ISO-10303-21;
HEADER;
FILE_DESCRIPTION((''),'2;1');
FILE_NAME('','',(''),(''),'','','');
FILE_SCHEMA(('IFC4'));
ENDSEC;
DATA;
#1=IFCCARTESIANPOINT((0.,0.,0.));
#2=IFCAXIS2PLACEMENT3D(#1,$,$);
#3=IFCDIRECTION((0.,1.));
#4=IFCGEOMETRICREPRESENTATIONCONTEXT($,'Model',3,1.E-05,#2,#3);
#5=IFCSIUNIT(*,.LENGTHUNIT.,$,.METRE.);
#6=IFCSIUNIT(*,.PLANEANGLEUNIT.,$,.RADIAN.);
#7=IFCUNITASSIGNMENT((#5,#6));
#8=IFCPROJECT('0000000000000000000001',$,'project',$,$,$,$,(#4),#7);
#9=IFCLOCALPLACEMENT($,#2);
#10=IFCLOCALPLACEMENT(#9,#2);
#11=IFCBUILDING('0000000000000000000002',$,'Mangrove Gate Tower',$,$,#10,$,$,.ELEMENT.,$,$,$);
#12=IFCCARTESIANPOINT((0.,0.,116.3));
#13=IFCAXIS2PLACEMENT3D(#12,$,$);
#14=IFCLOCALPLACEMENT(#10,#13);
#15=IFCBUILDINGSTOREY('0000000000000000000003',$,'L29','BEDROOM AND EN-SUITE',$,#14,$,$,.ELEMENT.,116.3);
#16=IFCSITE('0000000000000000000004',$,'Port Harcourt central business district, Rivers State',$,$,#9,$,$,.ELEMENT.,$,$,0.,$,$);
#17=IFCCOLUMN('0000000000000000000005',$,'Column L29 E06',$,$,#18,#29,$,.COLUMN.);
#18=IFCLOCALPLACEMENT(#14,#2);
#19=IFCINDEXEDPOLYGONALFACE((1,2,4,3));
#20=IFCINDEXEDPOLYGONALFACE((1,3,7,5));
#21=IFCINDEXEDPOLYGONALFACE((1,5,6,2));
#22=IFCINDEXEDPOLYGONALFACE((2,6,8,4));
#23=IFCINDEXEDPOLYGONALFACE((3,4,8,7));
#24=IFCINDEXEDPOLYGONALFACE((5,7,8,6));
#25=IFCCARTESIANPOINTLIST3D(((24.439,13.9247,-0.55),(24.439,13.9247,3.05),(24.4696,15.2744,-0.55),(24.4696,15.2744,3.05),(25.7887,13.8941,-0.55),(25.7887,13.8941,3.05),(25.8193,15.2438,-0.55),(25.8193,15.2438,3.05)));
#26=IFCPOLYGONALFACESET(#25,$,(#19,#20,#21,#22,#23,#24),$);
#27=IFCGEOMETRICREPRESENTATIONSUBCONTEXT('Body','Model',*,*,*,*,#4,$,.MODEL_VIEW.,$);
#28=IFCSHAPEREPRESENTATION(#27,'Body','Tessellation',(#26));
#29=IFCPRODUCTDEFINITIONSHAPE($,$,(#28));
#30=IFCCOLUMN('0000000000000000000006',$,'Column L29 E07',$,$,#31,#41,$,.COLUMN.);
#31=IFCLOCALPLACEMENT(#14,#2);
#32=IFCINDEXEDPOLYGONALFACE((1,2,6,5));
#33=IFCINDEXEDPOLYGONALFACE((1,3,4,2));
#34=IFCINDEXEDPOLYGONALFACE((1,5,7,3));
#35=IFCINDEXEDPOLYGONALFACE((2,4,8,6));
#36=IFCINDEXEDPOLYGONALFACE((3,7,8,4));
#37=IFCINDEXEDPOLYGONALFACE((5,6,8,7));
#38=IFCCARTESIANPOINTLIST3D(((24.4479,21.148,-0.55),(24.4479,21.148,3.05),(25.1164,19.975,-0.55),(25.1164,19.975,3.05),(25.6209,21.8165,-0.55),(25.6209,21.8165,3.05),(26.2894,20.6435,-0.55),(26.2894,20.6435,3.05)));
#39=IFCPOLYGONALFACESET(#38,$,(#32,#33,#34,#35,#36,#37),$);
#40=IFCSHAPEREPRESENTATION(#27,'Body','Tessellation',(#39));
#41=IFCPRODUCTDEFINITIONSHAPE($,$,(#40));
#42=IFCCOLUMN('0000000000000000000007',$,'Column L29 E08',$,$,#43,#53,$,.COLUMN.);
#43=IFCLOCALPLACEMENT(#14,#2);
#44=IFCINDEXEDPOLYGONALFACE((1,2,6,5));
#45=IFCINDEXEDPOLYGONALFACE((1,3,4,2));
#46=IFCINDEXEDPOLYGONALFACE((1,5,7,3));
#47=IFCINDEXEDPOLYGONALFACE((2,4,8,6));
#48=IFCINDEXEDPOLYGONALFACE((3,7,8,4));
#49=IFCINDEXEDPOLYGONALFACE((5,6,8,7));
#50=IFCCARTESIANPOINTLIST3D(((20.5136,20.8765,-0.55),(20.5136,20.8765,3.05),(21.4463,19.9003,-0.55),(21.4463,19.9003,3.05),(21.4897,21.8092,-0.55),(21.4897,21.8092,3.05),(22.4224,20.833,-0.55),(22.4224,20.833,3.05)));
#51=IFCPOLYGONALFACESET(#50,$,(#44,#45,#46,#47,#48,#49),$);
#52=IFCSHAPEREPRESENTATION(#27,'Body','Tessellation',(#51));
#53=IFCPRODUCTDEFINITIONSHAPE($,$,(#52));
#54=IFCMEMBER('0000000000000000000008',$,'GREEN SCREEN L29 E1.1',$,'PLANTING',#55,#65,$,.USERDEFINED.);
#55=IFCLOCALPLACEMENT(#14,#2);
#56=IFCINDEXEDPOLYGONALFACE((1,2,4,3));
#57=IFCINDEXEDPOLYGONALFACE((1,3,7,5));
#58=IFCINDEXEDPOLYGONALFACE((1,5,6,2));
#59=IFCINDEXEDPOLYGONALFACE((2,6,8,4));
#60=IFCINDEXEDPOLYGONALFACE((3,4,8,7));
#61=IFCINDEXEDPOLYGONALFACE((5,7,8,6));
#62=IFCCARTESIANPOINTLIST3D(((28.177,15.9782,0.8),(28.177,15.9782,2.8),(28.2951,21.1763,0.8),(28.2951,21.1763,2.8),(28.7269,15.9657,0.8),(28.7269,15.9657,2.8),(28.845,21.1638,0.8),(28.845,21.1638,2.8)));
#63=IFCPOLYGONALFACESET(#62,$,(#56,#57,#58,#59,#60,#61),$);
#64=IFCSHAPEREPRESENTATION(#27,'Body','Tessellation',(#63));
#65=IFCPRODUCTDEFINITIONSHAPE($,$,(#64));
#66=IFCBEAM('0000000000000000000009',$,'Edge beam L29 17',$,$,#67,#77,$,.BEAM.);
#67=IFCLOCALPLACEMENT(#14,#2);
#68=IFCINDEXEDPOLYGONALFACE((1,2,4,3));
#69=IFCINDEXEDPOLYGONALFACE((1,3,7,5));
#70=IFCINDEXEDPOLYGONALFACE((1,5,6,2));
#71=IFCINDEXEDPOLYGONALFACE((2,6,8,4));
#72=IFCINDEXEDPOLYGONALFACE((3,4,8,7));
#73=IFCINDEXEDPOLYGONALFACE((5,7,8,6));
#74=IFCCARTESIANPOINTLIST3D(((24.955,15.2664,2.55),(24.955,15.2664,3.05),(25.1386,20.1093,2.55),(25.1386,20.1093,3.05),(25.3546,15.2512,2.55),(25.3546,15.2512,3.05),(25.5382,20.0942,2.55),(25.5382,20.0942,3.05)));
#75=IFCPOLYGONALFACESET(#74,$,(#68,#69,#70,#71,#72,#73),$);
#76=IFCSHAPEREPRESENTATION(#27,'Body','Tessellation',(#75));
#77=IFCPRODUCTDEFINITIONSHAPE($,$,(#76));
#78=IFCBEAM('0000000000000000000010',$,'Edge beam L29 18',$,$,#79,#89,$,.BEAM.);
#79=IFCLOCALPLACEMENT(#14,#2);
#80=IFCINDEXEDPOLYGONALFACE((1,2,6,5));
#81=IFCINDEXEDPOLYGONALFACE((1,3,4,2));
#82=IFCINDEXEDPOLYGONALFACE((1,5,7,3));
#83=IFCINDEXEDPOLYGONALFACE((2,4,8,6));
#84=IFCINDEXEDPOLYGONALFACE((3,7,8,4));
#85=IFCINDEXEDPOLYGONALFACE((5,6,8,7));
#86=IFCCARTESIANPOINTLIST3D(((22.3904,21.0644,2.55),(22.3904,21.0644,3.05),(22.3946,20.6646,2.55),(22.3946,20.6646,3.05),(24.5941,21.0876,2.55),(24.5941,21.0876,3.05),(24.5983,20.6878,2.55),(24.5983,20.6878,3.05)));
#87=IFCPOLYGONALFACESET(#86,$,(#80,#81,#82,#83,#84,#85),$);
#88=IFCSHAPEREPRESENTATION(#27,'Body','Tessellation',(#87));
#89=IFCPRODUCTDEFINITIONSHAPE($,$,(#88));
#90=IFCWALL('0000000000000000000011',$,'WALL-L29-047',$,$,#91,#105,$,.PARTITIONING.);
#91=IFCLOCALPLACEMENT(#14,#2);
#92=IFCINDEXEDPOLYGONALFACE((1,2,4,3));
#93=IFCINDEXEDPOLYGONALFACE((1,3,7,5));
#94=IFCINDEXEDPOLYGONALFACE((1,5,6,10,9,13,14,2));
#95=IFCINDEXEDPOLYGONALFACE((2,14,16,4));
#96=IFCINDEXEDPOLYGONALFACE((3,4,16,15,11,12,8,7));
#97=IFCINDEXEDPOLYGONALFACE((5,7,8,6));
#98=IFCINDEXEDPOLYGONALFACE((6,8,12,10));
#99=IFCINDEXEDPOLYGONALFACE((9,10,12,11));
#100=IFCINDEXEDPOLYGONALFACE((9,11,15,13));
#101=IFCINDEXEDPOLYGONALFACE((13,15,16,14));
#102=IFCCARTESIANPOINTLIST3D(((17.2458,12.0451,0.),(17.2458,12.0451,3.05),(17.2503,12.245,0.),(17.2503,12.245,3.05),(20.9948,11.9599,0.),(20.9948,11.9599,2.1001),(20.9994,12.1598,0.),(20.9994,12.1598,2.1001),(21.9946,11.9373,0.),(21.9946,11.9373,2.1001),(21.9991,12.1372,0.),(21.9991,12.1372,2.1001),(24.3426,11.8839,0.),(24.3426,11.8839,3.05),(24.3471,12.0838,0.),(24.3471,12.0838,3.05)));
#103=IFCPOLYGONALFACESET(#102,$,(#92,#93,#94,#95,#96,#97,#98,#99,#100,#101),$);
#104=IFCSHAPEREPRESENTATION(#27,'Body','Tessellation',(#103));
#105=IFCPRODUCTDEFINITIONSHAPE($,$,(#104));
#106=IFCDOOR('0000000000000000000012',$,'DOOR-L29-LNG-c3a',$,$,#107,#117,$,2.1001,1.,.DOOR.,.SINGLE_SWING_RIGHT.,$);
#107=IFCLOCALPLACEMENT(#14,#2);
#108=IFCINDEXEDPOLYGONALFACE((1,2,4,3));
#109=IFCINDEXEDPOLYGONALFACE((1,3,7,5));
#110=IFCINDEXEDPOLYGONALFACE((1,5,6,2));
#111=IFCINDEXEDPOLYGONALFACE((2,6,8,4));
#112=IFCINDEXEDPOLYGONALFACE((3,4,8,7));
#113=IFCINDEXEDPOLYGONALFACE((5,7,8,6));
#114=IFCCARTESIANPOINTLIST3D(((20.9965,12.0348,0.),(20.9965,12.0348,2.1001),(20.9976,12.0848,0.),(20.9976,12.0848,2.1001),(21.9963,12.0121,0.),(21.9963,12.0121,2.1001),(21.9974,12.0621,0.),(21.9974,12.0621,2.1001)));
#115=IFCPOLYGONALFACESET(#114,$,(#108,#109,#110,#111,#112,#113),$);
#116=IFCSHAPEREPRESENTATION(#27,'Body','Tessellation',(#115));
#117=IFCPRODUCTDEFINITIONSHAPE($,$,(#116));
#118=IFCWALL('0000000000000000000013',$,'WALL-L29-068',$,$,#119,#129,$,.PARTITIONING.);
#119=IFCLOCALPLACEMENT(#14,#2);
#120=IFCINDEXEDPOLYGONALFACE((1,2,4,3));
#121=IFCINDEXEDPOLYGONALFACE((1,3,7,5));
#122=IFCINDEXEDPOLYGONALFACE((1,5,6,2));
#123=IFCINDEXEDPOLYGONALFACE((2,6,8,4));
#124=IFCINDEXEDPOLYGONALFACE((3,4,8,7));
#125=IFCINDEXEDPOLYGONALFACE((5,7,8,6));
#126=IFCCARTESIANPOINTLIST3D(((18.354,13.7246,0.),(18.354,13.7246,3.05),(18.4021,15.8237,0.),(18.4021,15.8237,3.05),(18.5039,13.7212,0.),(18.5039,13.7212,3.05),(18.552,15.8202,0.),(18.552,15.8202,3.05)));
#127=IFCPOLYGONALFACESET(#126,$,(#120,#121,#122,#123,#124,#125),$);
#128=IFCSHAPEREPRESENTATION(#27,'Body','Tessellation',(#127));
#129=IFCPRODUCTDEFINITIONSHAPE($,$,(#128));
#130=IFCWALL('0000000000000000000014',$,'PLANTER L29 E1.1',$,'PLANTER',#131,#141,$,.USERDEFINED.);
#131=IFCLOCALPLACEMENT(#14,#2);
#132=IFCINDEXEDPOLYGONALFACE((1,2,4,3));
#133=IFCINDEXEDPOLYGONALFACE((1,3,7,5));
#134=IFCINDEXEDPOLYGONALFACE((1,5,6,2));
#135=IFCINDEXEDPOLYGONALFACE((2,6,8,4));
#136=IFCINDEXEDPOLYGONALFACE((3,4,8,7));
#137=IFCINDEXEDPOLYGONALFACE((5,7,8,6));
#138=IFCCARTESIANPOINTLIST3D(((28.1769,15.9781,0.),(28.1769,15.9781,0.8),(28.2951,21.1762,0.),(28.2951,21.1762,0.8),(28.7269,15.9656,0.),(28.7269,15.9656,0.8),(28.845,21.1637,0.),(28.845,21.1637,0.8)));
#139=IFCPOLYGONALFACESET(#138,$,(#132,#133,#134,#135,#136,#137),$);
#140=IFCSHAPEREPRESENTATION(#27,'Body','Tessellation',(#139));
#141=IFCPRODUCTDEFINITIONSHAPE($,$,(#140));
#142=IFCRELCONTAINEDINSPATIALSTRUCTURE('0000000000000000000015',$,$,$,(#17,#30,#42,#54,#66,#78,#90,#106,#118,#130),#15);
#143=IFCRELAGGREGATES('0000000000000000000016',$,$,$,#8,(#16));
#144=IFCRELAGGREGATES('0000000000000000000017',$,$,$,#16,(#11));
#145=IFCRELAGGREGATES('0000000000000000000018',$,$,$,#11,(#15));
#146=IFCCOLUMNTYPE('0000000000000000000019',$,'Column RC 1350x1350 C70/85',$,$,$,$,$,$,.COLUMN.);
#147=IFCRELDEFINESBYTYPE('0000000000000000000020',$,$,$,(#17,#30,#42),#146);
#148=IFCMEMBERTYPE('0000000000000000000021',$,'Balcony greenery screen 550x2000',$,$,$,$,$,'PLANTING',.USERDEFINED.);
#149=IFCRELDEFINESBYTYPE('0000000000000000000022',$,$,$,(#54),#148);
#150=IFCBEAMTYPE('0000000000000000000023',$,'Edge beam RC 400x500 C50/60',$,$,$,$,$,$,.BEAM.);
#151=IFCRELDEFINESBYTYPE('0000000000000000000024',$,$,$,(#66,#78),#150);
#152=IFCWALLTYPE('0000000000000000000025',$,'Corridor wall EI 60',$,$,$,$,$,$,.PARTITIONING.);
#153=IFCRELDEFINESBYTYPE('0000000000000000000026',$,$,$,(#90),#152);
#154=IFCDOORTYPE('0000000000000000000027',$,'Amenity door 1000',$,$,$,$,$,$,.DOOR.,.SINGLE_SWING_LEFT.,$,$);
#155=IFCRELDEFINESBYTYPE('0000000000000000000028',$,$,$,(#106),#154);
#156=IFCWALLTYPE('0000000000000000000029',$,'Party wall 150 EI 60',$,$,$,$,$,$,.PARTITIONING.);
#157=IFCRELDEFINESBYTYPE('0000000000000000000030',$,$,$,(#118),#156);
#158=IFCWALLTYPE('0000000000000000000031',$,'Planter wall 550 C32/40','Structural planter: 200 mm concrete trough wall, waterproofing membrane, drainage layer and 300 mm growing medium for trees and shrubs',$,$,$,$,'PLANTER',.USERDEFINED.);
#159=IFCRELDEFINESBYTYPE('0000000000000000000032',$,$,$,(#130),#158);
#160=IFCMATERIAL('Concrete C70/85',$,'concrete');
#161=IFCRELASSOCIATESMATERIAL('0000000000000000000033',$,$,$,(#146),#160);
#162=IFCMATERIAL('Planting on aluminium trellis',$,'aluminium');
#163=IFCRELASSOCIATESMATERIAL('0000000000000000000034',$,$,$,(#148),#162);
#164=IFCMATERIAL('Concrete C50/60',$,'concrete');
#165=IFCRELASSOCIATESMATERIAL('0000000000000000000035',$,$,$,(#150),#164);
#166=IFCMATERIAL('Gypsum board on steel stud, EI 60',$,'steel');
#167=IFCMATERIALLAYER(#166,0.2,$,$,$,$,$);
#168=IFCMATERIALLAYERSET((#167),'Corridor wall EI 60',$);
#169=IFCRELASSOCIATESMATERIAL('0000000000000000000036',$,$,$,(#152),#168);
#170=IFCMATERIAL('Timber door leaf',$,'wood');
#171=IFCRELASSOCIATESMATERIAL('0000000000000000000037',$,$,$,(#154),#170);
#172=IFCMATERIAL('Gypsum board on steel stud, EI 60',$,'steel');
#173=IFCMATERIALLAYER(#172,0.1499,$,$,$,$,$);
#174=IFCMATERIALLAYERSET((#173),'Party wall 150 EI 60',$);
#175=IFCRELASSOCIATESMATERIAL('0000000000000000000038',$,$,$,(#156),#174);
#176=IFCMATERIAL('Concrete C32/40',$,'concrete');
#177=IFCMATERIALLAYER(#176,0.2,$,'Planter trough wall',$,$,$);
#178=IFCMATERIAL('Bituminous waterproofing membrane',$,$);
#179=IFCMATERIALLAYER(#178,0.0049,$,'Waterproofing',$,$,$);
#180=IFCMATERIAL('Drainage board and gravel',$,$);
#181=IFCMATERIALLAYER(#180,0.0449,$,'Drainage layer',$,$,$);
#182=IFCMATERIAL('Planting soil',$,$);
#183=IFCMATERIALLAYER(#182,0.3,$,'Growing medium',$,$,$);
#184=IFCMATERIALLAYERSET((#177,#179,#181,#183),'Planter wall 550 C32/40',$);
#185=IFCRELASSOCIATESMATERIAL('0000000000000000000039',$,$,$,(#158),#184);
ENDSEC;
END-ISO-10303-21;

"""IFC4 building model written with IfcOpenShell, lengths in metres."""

from ifc_helpers import new_model, si_unit, direction, frame, frame_2d, origin, origin_2d, place, context, subcontext, project, spatial, rectangle, extrude, material, layer, layer_set, material_profile, profile_set, type_object, element, fill, save


model = new_model("IFC4")

# Units and contexts
model_context = context("Model", 3, precision=1e-05, world=origin(), true_north=direction((0.0, 1.0)))
body_context = subcontext(model_context, "Body", "Model", "MODEL_VIEW")
ifc_project = project(units=[si_unit("LENGTHUNIT", "METRE"), si_unit("PLANEANGLEUNIT", "RADIAN")], contexts=[model_context])

# Site, building, storey
site_placement = place(None, origin())
site = spatial("IfcSite", under=ifc_project, at=site_placement, Name="Port Harcourt central business district, Rivers State", CompositionType="ELEMENT", RefElevation=0.0)
building_placement = place(site_placement, origin())
building = spatial("IfcBuilding", under=site, at=building_placement, Name="Mangrove Gate Tower", CompositionType="ELEMENT")
storey_placement = place(building_placement, frame((0.0, 0.0, 116.3)))
storey = spatial("IfcBuildingStorey", under=building, at=storey_placement, Name="L29", Description="BEDROOM AND EN-SUITE", CompositionType="ELEMENT", Elevation=116.3)

# Columns
ifc_material_1 = material(Name="Concrete C70/85", Category="concrete")
ifc_material_profile_1 = material_profile(ifc_material_1, rectangle(XDim=1.3501, YDim=1.3501, at=origin_2d()))
ifc_profile_set_1 = profile_set([ifc_material_profile_1], Name="Concrete C70/85")
column_type = type_object("IfcColumnType", Name="Column RC 1350x1350 C70/85", PredefinedType="COLUMN", material=ifc_profile_set_1)
for number, where, z_axis, x_axis, name in (
    (1, (25.1292, 14.5842, -0.55), (0.0, 0.0, 1.0), (0.022665, 0.999743, 0.0), "Column L29 E06"),
    (2, (25.3687, 20.8958, -0.55), (0.0, 0.0, 1.0), (-0.495141, 0.868813, 0.0), "Column L29 E07"),
    (3, (21.468, 20.8547, -0.55), (0.0, 0.0, 1.0), (-0.690837, 0.72301, 0.0), "Column L29 E08"),
):
    element("IfcColumn", number, at=place(storey_placement, frame(where, z_axis=z_axis, x_axis=x_axis)), inside=storey, type_object=column_type, Name=name, PredefinedType="COLUMN", context=body_context, shape_type="SweptSolid", body=[
        extrude(rectangle(XDim=1.3501, YDim=1.3501, at=origin_2d()), origin(), (0.0, 0.0, 1.0), 3.6001),
    ])

# Member
ifc_material_2 = material(Name="Planting on aluminium trellis", Category="aluminium")
ifc_material_profile_2 = material_profile(ifc_material_2, rectangle(XDim=0.55, YDim=2.0, at=origin_2d()))
ifc_profile_set_2 = profile_set([ifc_material_profile_2], Name="Planting on aluminium trellis")
member_type = type_object("IfcMemberType", Name="Balcony greenery screen 550x2000", ElementType="PLANTING", PredefinedType="USERDEFINED", material=ifc_profile_set_2)
member_placement = place(storey_placement, frame((28.4519, 15.9719, 1.8), z_axis=(0.022727, 0.999742, 0.0), x_axis=(-0.999742, 0.022727, 0.0)))
element("IfcMember", 4, at=member_placement, inside=storey, type_object=member_type, Name="GREEN SCREEN L29 E1.1", ObjectType="PLANTING", PredefinedType="USERDEFINED", context=body_context, shape_type="SweptSolid", body=[
    extrude(rectangle(XDim=0.55, YDim=2.0, at=origin_2d()), origin(), (0.0, 0.0, 1.0), 5.1995),
])

# Beams
ifc_material_3 = material(Name="Concrete C50/60", Category="concrete")
ifc_material_profile_3 = material_profile(ifc_material_3, rectangle(XDim=0.3999, YDim=0.5, at=origin_2d()))
ifc_profile_set_3 = profile_set([ifc_material_profile_3], Name="Concrete C50/60")
beam_type = type_object("IfcBeamType", Name="Edge beam RC 400x500 C50/60", PredefinedType="BEAM", material=ifc_profile_set_3)
beam_1_placement = place(storey_placement, frame((25.1548, 15.2588, 2.8), z_axis=(0.037882, 0.999282, 0.0), x_axis=(-0.999282, 0.037882, 0.0)))
element("IfcBeam", 5, at=beam_1_placement, inside=storey, type_object=beam_type, Name="Edge beam L29 17", PredefinedType="BEAM", context=body_context, shape_type="SweptSolid", body=[
    extrude(rectangle(XDim=0.3999, YDim=0.5, at=origin_2d()), origin(), (0.0, 0.0, 1.0), 4.8464),
])
beam_2_placement = place(storey_placement, frame((24.5962, 20.8877, 2.8), z_axis=(-0.999945, -0.010523, 0.0), x_axis=(0.010523, -0.999945, 0.0)))
element("IfcBeam", 6, at=beam_2_placement, inside=storey, type_object=beam_type, Name="Edge beam L29 18", PredefinedType="BEAM", context=body_context, shape_type="SweptSolid", body=[
    extrude(rectangle(XDim=0.3999, YDim=0.5, at=origin_2d()), origin(), (0.0, 0.0, 1.0), 2.2039),
])

# Wall, opening, door
ifc_material_4 = material(Name="Gypsum board on steel stud, EI 60", Category="steel")
ifc_layer_1 = layer(ifc_material_4, 0.2)
ifc_layer_set_1 = layer_set([ifc_layer_1], Name="Corridor wall EI 60")
wall_type_1 = type_object("IfcWallType", Name="Corridor wall EI 60", PredefinedType="PARTITIONING", material=ifc_layer_set_1)
wall_1_placement = place(storey_placement, frame((17.248, 12.145, 0.0), z_axis=(0.0, 0.0, 1.0), x_axis=(0.999742, -0.022699, 0.0)))
wall_1 = element("IfcWall", 7, at=wall_1_placement, inside=storey, type_object=wall_type_1, Name="WALL-L29-047", PredefinedType="PARTITIONING", context=body_context, shape_type="SweptSolid", body=[
    extrude(rectangle(XDim=7.0986, YDim=0.2, at=frame_2d((3.5493, 0.0))), origin(), (0.0, 0.0, 1.0), 3.05),
])
opening_placement = place(wall_1_placement, frame((3.75, 0.0, 0.0)))
opening = element("IfcOpeningElement", 8, at=opening_placement, cuts=wall_1, PredefinedType="OPENING", context=body_context, shape_type="SweptSolid", body=[
    extrude(rectangle(XDim=1.0, YDim=2.1001, at=frame_2d((0.5, 1.05))), frame((0.0, 0.1099, 0.0), z_axis=(0.0, -1.0, 0.0), x_axis=(1.0, 0.0, 0.0)), (0.0, 0.0, 1.0), 0.22),
])
ifc_material_5 = material(Name="Timber door leaf", Category="wood")
door_type = type_object("IfcDoorType", Name="Amenity door 1000", OperationType="SINGLE_SWING_LEFT", PredefinedType="DOOR", material=ifc_material_5)
door_placement = place(opening_placement, origin())
door = element("IfcDoor", 9, at=door_placement, inside=storey, type_object=door_type, Name="DOOR-L29-LNG-c3a", OperationType="SINGLE_SWING_RIGHT", OverallHeight=2.1001, OverallWidth=1.0, PredefinedType="DOOR", context=body_context, shape_type="SweptSolid", body=[
    extrude(rectangle(XDim=1.0, YDim=2.1001, at=frame_2d((0.5, 1.05))), frame((0.0, 0.0249, 0.0), z_axis=(0.0, -1.0, 0.0), x_axis=(1.0, 0.0, 0.0)), (0.0, 0.0, 1.0), 0.05),
])
fill(opening, door)

# Walls
ifc_material_6 = material(Name="Gypsum board on steel stud, EI 60", Category="steel")
ifc_layer_2 = layer(ifc_material_6, 0.1499)
ifc_layer_set_2 = layer_set([ifc_layer_2], Name="Party wall 150 EI 60")
wall_type_2 = type_object("IfcWallType", Name="Party wall 150 EI 60", PredefinedType="PARTITIONING", material=ifc_layer_set_2)
wall_2_placement = place(storey_placement, frame((18.429, 13.7229, 0.0), z_axis=(0.0, 0.0, 1.0), x_axis=(0.022906, 0.999738, 0.0)))
element("IfcWall", 10, at=wall_2_placement, inside=storey, type_object=wall_type_2, Name="WALL-L29-068", PredefinedType="PARTITIONING", context=body_context, shape_type="SweptSolid", body=[
    extrude(rectangle(XDim=2.0996, YDim=0.1499, at=frame_2d((1.0498, 0.0))), origin(), (0.0, 0.0, 1.0), 3.05),
])
ifc_material_7 = material(Name="Concrete C32/40", Category="concrete")
ifc_layer_3 = layer(ifc_material_7, 0.2, Name="Planter trough wall")
ifc_material_8 = material(Name="Bituminous waterproofing membrane")
ifc_layer_4 = layer(ifc_material_8, 0.0049, Name="Waterproofing")
ifc_material_9 = material(Name="Drainage board and gravel")
ifc_layer_5 = layer(ifc_material_9, 0.0449, Name="Drainage layer")
ifc_material_10 = material(Name="Planting soil")
ifc_layer_6 = layer(ifc_material_10, 0.3, Name="Growing medium")
ifc_layer_set_3 = layer_set([ifc_layer_3, ifc_layer_4, ifc_layer_5, ifc_layer_6], Name="Planter wall 550 C32/40")
wall_type_3 = type_object("IfcWallType", Name="Planter wall 550 C32/40", Description="Structural planter: 200 mm concrete trough wall, waterproofing membrane, drainage layer and 300 mm growing medium for trees and shrubs", ElementType="PLANTER", PredefinedType="USERDEFINED", material=ifc_layer_set_3)
wall_3_placement = place(storey_placement, frame((28.4519, 15.9719, 0.0), z_axis=(0.0, 0.0, 1.0), x_axis=(0.022727, 0.999742, 0.0)))
element("IfcWall", 11, at=wall_3_placement, inside=storey, type_object=wall_type_3, Name="PLANTER L29 E1.1", ObjectType="PLANTER", PredefinedType="USERDEFINED", context=body_context, shape_type="SweptSolid", body=[
    extrude(rectangle(XDim=5.1995, YDim=0.55, at=frame_2d((2.5996, 0.0))), origin(), (0.0, 0.0, 1.0), 0.8),
])

save(model, "model.ifc")
